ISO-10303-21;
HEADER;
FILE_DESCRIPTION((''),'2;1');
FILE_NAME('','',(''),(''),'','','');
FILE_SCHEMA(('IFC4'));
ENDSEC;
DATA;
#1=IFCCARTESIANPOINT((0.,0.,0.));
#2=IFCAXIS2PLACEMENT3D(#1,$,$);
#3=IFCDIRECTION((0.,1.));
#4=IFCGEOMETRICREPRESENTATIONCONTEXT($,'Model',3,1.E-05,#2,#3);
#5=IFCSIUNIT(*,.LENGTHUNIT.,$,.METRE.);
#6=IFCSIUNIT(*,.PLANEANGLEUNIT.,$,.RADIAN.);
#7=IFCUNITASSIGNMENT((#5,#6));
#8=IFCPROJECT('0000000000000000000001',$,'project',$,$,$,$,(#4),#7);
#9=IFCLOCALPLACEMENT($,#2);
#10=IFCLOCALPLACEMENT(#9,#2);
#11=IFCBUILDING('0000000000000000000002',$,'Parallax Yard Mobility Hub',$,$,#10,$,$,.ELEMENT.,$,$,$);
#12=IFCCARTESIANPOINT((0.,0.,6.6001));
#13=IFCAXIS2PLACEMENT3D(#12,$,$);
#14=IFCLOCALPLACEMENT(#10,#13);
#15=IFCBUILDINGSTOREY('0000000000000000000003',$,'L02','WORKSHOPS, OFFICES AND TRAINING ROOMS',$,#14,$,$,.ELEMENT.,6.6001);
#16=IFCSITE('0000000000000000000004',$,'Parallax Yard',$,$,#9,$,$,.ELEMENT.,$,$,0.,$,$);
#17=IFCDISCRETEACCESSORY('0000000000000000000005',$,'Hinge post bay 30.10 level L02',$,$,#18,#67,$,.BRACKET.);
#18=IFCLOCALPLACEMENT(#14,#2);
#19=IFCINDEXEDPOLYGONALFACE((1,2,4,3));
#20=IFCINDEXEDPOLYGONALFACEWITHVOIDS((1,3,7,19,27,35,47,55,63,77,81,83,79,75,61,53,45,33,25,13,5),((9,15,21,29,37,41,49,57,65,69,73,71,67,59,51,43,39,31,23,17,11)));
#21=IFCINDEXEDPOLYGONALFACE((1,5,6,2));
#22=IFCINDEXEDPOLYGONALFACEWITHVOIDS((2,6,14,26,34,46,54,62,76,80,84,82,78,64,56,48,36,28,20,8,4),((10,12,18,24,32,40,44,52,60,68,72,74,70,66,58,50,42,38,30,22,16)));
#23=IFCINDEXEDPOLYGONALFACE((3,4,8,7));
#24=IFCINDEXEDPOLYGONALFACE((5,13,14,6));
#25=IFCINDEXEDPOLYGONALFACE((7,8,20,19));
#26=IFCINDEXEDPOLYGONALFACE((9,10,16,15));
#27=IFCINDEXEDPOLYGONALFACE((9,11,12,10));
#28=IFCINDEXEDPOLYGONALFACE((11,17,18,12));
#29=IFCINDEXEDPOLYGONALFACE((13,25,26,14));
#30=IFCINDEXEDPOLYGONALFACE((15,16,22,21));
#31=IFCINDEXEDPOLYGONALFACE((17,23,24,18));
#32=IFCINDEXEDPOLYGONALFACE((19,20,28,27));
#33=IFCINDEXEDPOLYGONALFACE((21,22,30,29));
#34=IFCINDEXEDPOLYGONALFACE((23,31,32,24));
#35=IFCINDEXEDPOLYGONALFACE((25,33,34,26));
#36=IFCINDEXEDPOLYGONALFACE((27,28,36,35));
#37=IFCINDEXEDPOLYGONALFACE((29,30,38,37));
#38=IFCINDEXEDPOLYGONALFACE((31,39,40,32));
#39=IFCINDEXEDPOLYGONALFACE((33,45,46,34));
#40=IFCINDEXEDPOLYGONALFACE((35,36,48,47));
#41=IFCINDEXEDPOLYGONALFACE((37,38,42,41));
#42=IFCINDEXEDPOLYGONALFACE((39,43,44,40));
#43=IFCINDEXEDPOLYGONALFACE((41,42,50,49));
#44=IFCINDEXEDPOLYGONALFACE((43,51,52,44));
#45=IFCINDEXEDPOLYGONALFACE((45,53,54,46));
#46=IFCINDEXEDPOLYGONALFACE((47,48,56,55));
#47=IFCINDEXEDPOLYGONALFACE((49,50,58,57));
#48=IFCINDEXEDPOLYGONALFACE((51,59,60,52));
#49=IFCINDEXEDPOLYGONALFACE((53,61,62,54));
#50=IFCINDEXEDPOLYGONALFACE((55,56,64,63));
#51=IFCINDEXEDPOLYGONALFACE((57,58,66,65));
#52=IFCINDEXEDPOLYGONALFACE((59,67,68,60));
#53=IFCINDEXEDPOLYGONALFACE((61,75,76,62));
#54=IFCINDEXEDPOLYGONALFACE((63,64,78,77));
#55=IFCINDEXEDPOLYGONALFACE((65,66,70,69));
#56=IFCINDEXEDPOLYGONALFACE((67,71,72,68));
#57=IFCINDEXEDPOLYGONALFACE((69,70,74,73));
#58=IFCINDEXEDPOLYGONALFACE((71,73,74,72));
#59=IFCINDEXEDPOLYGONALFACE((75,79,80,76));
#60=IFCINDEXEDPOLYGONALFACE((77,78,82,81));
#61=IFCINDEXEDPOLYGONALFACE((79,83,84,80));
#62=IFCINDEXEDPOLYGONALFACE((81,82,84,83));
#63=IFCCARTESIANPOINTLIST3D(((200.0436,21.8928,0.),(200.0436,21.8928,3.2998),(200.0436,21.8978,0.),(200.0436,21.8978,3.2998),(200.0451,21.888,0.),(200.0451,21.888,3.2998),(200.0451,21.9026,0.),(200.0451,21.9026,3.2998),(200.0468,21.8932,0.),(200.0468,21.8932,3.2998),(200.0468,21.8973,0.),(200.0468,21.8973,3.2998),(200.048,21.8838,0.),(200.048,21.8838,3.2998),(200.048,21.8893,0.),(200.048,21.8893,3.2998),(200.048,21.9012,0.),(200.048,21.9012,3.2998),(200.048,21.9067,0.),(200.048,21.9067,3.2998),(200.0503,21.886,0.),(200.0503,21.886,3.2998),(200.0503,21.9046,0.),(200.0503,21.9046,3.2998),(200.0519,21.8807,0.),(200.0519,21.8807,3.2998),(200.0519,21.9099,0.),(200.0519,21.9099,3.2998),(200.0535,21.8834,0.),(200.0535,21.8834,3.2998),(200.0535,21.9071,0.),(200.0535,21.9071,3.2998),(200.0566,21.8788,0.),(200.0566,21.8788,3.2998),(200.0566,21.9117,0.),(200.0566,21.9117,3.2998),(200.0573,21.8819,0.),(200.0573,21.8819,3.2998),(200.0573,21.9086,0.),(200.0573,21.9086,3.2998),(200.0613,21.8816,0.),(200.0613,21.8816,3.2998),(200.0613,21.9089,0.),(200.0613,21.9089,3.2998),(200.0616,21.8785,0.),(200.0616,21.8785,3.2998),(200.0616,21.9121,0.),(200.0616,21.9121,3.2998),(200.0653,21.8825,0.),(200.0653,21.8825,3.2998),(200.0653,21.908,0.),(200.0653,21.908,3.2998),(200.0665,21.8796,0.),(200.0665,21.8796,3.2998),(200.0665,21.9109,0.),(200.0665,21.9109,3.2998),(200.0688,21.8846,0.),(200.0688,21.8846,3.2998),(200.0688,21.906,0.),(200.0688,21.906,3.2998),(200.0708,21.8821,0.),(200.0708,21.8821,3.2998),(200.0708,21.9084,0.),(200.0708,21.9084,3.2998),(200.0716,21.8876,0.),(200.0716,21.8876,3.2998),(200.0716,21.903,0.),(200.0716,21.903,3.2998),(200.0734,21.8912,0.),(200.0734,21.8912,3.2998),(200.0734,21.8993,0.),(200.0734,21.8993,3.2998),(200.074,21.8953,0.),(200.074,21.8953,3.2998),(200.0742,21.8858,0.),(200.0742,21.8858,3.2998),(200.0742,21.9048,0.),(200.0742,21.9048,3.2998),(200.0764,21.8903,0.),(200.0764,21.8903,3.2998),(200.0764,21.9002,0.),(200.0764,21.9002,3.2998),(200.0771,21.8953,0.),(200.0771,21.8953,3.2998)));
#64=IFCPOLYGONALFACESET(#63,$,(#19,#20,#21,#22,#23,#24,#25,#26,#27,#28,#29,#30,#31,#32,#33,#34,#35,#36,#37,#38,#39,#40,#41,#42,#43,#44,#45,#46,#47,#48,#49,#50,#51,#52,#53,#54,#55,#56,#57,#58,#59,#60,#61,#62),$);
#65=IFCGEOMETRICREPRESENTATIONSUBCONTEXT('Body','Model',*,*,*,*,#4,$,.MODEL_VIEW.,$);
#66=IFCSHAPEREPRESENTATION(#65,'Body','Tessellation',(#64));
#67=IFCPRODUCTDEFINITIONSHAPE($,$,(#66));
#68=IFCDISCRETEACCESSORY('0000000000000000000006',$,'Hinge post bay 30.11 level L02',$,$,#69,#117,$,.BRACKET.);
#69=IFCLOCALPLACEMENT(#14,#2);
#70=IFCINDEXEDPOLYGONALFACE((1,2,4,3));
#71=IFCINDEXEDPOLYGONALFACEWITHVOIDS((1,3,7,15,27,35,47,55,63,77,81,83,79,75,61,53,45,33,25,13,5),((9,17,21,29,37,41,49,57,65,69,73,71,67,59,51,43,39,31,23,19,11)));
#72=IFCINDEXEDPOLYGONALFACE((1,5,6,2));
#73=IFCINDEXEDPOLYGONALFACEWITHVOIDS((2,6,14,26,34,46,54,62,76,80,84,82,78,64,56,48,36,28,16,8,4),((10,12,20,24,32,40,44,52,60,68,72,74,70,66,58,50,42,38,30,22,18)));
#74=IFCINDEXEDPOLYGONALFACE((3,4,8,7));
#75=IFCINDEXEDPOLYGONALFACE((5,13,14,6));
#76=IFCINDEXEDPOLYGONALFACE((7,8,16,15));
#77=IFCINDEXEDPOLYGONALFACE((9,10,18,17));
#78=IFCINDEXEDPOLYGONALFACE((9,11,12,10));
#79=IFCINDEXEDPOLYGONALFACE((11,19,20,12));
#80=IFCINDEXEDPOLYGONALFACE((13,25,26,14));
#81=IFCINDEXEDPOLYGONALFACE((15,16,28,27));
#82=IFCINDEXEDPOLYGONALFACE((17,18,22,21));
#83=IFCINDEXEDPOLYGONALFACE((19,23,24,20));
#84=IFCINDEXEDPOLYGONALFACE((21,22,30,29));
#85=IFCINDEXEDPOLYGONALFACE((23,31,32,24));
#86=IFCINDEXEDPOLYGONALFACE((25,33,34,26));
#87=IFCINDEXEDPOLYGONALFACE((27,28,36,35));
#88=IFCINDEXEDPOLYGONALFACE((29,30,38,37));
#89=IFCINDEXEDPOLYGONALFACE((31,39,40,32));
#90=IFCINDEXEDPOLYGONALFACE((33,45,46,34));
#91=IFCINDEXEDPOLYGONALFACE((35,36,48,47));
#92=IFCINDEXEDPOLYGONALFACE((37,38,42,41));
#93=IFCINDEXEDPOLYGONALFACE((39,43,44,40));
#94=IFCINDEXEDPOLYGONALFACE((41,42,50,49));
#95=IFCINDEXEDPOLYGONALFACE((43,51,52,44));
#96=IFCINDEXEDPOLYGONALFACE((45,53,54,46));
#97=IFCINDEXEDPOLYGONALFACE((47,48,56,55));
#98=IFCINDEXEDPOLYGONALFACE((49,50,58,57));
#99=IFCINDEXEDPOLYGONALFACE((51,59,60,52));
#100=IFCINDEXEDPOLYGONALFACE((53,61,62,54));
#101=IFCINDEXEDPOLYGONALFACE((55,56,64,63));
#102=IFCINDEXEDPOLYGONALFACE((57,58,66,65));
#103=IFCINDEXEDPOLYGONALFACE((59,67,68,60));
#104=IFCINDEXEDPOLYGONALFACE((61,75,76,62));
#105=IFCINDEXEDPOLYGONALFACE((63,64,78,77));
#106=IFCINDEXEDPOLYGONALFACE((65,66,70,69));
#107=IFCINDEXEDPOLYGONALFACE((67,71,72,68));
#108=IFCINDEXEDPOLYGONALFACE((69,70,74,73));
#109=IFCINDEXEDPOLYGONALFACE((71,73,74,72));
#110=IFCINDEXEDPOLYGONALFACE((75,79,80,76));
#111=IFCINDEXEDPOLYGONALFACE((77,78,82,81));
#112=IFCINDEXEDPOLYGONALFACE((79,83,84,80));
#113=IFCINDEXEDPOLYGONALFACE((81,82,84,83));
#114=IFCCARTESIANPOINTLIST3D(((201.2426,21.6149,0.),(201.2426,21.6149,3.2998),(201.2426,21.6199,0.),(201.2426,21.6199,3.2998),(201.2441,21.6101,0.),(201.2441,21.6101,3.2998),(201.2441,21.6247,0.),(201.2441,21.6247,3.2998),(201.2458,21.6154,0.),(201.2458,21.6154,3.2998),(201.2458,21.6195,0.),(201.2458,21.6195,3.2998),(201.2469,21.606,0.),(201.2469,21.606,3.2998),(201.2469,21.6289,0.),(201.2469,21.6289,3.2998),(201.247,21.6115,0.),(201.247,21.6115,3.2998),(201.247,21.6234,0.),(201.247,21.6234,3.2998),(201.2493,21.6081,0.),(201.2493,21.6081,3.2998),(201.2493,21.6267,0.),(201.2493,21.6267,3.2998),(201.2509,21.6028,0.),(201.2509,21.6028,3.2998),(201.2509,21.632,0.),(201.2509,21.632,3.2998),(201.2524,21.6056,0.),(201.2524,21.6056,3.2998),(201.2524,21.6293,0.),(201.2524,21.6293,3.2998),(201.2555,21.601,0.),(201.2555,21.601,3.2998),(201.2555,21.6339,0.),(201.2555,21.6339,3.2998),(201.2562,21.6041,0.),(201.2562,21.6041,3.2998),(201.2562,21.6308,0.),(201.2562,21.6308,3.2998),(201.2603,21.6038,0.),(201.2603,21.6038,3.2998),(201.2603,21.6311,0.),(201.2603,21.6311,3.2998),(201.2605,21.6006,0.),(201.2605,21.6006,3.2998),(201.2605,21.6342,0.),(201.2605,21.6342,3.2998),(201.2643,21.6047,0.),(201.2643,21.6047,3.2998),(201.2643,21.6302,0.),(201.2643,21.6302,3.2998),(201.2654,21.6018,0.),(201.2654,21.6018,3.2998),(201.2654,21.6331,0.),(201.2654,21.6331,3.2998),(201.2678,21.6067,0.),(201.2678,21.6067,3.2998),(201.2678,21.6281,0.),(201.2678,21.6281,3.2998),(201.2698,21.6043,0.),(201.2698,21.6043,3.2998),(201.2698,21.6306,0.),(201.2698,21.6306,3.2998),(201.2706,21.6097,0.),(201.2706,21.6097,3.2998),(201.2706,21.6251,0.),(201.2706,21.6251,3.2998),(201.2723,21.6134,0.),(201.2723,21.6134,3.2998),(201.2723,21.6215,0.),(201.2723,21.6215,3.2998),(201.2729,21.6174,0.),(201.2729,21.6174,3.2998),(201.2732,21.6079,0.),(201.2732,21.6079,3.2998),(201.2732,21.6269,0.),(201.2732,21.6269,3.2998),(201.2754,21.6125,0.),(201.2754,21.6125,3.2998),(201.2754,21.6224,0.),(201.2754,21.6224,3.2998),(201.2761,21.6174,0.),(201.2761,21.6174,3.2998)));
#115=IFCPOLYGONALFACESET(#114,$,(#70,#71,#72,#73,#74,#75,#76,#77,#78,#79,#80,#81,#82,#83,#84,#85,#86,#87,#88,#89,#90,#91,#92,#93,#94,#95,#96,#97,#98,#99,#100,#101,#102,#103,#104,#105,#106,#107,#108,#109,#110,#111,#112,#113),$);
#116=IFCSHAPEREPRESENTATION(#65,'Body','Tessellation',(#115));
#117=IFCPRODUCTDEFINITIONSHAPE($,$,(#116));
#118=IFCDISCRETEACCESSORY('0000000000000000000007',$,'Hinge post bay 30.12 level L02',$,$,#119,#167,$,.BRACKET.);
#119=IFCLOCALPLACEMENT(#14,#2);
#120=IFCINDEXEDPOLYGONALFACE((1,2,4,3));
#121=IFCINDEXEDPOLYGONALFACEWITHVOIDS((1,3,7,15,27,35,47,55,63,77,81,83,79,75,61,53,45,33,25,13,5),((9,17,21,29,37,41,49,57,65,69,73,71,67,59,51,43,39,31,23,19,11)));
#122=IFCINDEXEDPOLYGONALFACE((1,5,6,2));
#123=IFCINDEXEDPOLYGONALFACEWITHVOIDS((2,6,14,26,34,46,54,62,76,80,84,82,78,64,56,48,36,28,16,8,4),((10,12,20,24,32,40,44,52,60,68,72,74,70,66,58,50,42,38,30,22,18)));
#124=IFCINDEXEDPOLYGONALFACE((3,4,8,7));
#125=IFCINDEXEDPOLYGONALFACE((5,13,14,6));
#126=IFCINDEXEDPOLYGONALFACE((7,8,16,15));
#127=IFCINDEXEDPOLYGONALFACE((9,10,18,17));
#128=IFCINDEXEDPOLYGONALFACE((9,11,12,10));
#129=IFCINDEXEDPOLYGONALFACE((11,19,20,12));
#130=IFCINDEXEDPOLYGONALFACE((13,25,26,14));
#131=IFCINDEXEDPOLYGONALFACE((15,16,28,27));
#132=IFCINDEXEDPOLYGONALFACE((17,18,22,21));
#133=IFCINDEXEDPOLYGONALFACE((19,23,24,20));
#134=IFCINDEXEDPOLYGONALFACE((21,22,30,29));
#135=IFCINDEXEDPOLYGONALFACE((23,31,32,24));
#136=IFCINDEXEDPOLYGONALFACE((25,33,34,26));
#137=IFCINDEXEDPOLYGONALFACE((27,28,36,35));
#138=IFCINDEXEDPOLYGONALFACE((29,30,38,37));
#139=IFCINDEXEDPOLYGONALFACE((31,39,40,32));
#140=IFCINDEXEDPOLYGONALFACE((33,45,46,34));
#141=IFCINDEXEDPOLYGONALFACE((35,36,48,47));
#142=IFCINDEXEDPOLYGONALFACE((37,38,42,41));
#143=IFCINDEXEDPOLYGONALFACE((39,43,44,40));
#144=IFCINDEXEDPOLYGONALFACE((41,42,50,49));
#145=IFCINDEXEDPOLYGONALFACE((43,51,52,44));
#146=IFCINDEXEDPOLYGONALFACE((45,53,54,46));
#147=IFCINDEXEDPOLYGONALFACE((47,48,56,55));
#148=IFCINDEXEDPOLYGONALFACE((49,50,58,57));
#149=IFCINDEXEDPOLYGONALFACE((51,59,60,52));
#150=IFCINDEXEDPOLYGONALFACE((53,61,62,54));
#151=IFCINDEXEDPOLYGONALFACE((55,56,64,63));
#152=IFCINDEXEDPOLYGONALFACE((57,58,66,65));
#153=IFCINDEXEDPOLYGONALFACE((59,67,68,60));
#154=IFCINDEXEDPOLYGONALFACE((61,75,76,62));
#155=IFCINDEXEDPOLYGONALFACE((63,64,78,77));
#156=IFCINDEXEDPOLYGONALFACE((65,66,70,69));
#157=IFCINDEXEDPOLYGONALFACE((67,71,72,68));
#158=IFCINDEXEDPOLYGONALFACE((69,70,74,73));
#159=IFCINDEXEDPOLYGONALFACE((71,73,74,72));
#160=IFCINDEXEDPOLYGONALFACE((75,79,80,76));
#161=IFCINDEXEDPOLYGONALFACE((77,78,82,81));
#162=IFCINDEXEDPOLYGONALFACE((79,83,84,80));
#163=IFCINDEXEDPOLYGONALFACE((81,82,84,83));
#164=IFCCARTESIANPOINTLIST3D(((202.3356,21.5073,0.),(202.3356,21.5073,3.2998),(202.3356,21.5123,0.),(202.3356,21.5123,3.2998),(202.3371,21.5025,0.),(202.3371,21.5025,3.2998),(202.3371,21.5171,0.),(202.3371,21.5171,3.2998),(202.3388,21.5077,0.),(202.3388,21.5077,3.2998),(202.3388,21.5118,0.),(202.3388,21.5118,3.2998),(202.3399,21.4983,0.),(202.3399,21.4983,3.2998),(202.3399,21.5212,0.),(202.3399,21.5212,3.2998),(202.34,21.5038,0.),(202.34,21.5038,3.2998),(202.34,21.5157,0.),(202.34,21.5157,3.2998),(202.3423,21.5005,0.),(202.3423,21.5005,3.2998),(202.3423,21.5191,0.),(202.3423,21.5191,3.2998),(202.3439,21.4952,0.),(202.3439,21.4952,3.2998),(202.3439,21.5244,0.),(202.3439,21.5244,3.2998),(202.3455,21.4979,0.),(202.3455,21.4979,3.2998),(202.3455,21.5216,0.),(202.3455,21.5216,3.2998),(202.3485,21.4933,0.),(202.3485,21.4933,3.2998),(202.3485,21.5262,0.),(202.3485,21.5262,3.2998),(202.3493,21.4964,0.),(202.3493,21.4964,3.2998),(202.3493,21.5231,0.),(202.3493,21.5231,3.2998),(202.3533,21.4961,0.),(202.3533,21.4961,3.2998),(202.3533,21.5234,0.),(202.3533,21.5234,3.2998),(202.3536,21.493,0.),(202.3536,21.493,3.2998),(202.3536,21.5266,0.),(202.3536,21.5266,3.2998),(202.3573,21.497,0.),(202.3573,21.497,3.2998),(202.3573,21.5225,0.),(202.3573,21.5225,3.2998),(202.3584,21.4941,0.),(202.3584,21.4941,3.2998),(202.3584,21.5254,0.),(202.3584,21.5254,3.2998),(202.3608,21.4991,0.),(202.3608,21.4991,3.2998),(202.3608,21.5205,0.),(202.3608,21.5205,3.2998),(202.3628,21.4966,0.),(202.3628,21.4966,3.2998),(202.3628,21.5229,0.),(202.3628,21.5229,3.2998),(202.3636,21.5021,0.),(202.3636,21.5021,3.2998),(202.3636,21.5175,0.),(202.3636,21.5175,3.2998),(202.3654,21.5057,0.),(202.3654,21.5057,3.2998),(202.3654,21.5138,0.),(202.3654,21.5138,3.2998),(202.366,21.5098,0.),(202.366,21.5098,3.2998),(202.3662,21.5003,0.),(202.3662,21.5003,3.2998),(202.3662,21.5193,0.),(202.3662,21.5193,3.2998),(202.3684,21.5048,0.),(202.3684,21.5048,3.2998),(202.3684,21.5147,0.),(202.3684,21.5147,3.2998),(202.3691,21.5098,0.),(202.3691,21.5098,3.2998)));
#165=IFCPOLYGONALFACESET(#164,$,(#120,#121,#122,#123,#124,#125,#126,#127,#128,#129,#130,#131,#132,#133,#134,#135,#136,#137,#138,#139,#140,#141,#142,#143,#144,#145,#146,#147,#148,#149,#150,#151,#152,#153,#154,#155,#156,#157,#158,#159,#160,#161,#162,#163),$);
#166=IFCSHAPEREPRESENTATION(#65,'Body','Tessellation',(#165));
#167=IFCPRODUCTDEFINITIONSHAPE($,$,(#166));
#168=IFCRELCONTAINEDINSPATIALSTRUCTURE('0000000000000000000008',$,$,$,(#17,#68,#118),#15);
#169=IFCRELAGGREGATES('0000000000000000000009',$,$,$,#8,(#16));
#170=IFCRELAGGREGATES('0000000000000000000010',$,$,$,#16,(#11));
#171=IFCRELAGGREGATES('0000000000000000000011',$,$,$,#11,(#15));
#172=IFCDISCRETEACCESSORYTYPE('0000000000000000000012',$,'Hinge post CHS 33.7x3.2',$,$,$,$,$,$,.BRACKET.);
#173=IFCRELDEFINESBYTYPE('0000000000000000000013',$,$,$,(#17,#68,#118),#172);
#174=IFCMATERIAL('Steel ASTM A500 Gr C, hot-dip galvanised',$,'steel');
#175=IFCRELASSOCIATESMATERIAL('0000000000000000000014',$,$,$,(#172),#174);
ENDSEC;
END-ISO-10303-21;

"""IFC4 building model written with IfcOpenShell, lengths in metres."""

from ifc_helpers import new_model, si_unit, direction, frame, origin, origin_2d, place, context, subcontext, project, spatial, hollow_circle, extrude, material, material_profile, profile_set, type_object, element, save


model = new_model("IFC4")

# Units and contexts
model_context = context("Model", 3, precision=1e-05, world=origin(), true_north=direction((0.0, 1.0)))
body_context = subcontext(model_context, "Body", "Model", "MODEL_VIEW")
ifc_project = project(units=[si_unit("LENGTHUNIT", "METRE"), si_unit("PLANEANGLEUNIT", "RADIAN")], contexts=[model_context])

# Site, building, storey
site_placement = place(None, origin())
site = spatial("IfcSite", under=ifc_project, at=site_placement, Name="Parallax Yard", CompositionType="ELEMENT", RefElevation=0.0)
building_placement = place(site_placement, origin())
building = spatial("IfcBuilding", under=site, at=building_placement, Name="Parallax Yard Mobility Hub", CompositionType="ELEMENT")
storey_placement = place(building_placement, frame((0.0, 0.0, 6.6001)))
storey = spatial("IfcBuildingStorey", under=building, at=storey_placement, Name="L02", Description="WORKSHOPS, OFFICES AND TRAINING ROOMS", CompositionType="ELEMENT", Elevation=6.6001)

# Discrete accessories
ifc_material_1 = material(Name="Steel ASTM A500 Gr C, hot-dip galvanised", Category="steel")
ifc_material_profile_1 = material_profile(ifc_material_1, hollow_circle(Radius=0.0168, WallThickness=0.0032, at=origin_2d()), Name="CHS 33.7x3.2")
ifc_profile_set_1 = profile_set([ifc_material_profile_1], Name="Steel ASTM A500 Gr C, hot-dip galvanised")
discrete_accessory_type_1 = type_object("IfcDiscreteAccessoryType", Name="Hinge post CHS 33.7x3.2", PredefinedType="BRACKET", material=ifc_profile_set_1)
for number, where, z_axis, x_axis, name in (
    (1, (200.0603, 21.8953, 0.0), (0.0, 0.0, 1.0), (1.0, 0.0, 0.0), "Hinge post bay 30.10 level L02"),
    (2, (201.2593, 21.6174, 0.0), (0.0, 0.0, 1.0), (1.0, 0.0, 0.0), "Hinge post bay 30.11 level L02"),
    (3, (202.3523, 21.5098, 0.0), (0.0, 0.0, 1.0), (1.0, 0.0, 0.0), "Hinge post bay 30.12 level L02"),
):
    element("IfcDiscreteAccessory", number, at=place(storey_placement, frame(where, z_axis=z_axis, x_axis=x_axis)), inside=storey, type_object=discrete_accessory_type_1, Name=name, PredefinedType="BRACKET", context=body_context, shape_type="SweptSolid", body=[
        extrude(hollow_circle(Radius=0.0168, WallThickness=0.0032, at=origin_2d()), origin(), (0.0, 0.0, 1.0), 3.2998),
    ])

save(model, "model.ifc")
